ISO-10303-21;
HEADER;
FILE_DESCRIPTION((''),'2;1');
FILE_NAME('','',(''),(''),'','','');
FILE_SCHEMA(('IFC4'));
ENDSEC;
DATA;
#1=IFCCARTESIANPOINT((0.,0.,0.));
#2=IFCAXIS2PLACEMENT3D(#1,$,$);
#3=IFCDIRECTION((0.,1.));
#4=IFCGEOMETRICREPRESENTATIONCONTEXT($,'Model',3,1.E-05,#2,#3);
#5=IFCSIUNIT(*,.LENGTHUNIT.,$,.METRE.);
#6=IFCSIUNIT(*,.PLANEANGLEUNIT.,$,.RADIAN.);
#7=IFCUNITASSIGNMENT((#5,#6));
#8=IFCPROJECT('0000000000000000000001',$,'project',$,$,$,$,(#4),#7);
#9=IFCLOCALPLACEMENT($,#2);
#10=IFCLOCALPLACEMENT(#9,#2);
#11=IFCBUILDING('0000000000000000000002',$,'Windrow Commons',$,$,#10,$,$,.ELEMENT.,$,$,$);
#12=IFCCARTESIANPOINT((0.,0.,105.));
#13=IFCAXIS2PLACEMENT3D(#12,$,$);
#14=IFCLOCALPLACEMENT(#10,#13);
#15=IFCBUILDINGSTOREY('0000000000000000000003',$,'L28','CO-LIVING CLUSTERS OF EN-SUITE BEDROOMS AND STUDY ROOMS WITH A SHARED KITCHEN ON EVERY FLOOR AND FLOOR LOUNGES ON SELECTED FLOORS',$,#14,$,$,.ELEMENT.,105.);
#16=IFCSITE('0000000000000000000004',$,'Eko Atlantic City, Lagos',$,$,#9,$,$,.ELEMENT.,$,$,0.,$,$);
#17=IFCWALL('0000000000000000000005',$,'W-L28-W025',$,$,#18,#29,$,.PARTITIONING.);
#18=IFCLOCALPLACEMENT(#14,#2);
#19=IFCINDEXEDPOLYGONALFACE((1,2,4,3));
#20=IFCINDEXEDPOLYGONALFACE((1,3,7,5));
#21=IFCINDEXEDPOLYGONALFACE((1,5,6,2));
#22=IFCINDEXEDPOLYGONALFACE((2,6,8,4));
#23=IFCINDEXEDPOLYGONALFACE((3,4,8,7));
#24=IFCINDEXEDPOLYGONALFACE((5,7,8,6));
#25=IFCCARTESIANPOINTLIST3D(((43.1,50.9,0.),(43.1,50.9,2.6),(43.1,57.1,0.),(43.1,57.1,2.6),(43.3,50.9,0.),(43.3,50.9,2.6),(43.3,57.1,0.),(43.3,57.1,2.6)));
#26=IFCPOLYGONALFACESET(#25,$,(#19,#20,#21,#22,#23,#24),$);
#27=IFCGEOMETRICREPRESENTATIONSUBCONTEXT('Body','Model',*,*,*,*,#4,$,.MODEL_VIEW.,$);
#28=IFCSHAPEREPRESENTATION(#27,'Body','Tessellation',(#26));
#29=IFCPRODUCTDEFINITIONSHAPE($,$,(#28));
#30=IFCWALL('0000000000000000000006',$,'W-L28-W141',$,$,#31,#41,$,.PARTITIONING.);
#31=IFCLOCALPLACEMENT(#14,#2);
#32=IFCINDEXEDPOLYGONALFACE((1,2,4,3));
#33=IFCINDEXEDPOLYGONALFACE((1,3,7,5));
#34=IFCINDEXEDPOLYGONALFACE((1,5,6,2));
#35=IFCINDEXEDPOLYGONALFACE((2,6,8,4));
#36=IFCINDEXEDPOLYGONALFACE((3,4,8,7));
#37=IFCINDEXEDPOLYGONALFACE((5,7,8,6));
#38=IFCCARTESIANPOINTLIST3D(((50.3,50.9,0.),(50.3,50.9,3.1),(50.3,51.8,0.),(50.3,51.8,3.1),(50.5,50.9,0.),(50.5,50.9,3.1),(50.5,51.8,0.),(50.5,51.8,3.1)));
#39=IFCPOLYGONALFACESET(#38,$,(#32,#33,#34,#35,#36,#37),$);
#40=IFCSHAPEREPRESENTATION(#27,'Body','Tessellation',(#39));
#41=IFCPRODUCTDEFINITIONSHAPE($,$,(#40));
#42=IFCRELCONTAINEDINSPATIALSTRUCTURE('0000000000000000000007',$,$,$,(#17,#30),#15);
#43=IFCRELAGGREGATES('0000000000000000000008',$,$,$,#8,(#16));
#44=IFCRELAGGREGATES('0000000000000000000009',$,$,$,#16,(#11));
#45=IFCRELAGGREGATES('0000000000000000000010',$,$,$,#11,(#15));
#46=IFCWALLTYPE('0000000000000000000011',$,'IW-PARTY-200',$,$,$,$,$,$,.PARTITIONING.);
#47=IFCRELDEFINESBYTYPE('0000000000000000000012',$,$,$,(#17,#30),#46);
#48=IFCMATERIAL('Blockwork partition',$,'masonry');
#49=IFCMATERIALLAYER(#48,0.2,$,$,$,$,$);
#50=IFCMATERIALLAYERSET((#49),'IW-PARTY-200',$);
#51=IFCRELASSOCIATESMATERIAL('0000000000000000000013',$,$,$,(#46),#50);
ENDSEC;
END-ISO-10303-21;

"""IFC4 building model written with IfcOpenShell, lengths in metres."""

from ifc_helpers import new_model, si_unit, direction, frame, frame_2d, origin, place, context, subcontext, project, spatial, rectangle, extrude, material, layer, layer_set, type_object, element, save


model = new_model("IFC4")

# Units and contexts
model_context = context("Model", 3, precision=1e-05, world=origin(), true_north=direction((0.0, 1.0)))
body_context = subcontext(model_context, "Body", "Model", "MODEL_VIEW")
ifc_project = project(units=[si_unit("LENGTHUNIT", "METRE"), si_unit("PLANEANGLEUNIT", "RADIAN")], contexts=[model_context])

# Site, building, storey
site_placement = place(None, origin())
site = spatial("IfcSite", under=ifc_project, at=site_placement, Name="Eko Atlantic City, Lagos", CompositionType="ELEMENT", RefElevation=0.0)
building_placement = place(site_placement, origin())
building = spatial("IfcBuilding", under=site, at=building_placement, Name="Windrow Commons", CompositionType="ELEMENT")
storey_placement = place(building_placement, frame((0.0, 0.0, 105.0)))
storey = spatial("IfcBuildingStorey", under=building, at=storey_placement, Name="L28", Description="CO-LIVING CLUSTERS OF EN-SUITE BEDROOMS AND STUDY ROOMS WITH A SHARED KITCHEN ON EVERY FLOOR AND FLOOR LOUNGES ON SELECTED FLOORS", CompositionType="ELEMENT", Elevation=105.0)

# Walls
ifc_material_1 = material(Name="Blockwork partition", Category="masonry")
ifc_layer_1 = layer(ifc_material_1, 0.2)
ifc_layer_set_1 = layer_set([ifc_layer_1], Name="IW-PARTY-200")
wall_type_1 = type_object("IfcWallType", Name="IW-PARTY-200", PredefinedType="PARTITIONING", material=ifc_layer_set_1)
wall_1_placement = place(storey_placement, frame((43.2, 50.9, 0.0), z_axis=(0.0, 0.0, 1.0), x_axis=(0.0, 1.0, 0.0)))
element("IfcWall", 1, at=wall_1_placement, inside=storey, type_object=wall_type_1, Name="W-L28-W025", PredefinedType="PARTITIONING", context=body_context, shape_type="SweptSolid", body=[
    extrude(rectangle(XDim=6.2, YDim=0.2, at=frame_2d((3.1, 0.0))), origin(), (0.0, 0.0, 1.0), 2.6),
])
wall_2_placement = place(storey_placement, frame((50.4, 50.9, 0.0), z_axis=(0.0, 0.0, 1.0), x_axis=(0.0, 1.0, 0.0)))
element("IfcWall", 2, at=wall_2_placement, inside=storey, type_object=wall_type_1, Name="W-L28-W141", PredefinedType="PARTITIONING", context=body_context, shape_type="SweptSolid", body=[
    extrude(rectangle(XDim=0.9, YDim=0.2, at=frame_2d((0.45, 0.0))), origin(), (0.0, 0.0, 1.0), 3.1),
])

save(model, "model.ifc")
